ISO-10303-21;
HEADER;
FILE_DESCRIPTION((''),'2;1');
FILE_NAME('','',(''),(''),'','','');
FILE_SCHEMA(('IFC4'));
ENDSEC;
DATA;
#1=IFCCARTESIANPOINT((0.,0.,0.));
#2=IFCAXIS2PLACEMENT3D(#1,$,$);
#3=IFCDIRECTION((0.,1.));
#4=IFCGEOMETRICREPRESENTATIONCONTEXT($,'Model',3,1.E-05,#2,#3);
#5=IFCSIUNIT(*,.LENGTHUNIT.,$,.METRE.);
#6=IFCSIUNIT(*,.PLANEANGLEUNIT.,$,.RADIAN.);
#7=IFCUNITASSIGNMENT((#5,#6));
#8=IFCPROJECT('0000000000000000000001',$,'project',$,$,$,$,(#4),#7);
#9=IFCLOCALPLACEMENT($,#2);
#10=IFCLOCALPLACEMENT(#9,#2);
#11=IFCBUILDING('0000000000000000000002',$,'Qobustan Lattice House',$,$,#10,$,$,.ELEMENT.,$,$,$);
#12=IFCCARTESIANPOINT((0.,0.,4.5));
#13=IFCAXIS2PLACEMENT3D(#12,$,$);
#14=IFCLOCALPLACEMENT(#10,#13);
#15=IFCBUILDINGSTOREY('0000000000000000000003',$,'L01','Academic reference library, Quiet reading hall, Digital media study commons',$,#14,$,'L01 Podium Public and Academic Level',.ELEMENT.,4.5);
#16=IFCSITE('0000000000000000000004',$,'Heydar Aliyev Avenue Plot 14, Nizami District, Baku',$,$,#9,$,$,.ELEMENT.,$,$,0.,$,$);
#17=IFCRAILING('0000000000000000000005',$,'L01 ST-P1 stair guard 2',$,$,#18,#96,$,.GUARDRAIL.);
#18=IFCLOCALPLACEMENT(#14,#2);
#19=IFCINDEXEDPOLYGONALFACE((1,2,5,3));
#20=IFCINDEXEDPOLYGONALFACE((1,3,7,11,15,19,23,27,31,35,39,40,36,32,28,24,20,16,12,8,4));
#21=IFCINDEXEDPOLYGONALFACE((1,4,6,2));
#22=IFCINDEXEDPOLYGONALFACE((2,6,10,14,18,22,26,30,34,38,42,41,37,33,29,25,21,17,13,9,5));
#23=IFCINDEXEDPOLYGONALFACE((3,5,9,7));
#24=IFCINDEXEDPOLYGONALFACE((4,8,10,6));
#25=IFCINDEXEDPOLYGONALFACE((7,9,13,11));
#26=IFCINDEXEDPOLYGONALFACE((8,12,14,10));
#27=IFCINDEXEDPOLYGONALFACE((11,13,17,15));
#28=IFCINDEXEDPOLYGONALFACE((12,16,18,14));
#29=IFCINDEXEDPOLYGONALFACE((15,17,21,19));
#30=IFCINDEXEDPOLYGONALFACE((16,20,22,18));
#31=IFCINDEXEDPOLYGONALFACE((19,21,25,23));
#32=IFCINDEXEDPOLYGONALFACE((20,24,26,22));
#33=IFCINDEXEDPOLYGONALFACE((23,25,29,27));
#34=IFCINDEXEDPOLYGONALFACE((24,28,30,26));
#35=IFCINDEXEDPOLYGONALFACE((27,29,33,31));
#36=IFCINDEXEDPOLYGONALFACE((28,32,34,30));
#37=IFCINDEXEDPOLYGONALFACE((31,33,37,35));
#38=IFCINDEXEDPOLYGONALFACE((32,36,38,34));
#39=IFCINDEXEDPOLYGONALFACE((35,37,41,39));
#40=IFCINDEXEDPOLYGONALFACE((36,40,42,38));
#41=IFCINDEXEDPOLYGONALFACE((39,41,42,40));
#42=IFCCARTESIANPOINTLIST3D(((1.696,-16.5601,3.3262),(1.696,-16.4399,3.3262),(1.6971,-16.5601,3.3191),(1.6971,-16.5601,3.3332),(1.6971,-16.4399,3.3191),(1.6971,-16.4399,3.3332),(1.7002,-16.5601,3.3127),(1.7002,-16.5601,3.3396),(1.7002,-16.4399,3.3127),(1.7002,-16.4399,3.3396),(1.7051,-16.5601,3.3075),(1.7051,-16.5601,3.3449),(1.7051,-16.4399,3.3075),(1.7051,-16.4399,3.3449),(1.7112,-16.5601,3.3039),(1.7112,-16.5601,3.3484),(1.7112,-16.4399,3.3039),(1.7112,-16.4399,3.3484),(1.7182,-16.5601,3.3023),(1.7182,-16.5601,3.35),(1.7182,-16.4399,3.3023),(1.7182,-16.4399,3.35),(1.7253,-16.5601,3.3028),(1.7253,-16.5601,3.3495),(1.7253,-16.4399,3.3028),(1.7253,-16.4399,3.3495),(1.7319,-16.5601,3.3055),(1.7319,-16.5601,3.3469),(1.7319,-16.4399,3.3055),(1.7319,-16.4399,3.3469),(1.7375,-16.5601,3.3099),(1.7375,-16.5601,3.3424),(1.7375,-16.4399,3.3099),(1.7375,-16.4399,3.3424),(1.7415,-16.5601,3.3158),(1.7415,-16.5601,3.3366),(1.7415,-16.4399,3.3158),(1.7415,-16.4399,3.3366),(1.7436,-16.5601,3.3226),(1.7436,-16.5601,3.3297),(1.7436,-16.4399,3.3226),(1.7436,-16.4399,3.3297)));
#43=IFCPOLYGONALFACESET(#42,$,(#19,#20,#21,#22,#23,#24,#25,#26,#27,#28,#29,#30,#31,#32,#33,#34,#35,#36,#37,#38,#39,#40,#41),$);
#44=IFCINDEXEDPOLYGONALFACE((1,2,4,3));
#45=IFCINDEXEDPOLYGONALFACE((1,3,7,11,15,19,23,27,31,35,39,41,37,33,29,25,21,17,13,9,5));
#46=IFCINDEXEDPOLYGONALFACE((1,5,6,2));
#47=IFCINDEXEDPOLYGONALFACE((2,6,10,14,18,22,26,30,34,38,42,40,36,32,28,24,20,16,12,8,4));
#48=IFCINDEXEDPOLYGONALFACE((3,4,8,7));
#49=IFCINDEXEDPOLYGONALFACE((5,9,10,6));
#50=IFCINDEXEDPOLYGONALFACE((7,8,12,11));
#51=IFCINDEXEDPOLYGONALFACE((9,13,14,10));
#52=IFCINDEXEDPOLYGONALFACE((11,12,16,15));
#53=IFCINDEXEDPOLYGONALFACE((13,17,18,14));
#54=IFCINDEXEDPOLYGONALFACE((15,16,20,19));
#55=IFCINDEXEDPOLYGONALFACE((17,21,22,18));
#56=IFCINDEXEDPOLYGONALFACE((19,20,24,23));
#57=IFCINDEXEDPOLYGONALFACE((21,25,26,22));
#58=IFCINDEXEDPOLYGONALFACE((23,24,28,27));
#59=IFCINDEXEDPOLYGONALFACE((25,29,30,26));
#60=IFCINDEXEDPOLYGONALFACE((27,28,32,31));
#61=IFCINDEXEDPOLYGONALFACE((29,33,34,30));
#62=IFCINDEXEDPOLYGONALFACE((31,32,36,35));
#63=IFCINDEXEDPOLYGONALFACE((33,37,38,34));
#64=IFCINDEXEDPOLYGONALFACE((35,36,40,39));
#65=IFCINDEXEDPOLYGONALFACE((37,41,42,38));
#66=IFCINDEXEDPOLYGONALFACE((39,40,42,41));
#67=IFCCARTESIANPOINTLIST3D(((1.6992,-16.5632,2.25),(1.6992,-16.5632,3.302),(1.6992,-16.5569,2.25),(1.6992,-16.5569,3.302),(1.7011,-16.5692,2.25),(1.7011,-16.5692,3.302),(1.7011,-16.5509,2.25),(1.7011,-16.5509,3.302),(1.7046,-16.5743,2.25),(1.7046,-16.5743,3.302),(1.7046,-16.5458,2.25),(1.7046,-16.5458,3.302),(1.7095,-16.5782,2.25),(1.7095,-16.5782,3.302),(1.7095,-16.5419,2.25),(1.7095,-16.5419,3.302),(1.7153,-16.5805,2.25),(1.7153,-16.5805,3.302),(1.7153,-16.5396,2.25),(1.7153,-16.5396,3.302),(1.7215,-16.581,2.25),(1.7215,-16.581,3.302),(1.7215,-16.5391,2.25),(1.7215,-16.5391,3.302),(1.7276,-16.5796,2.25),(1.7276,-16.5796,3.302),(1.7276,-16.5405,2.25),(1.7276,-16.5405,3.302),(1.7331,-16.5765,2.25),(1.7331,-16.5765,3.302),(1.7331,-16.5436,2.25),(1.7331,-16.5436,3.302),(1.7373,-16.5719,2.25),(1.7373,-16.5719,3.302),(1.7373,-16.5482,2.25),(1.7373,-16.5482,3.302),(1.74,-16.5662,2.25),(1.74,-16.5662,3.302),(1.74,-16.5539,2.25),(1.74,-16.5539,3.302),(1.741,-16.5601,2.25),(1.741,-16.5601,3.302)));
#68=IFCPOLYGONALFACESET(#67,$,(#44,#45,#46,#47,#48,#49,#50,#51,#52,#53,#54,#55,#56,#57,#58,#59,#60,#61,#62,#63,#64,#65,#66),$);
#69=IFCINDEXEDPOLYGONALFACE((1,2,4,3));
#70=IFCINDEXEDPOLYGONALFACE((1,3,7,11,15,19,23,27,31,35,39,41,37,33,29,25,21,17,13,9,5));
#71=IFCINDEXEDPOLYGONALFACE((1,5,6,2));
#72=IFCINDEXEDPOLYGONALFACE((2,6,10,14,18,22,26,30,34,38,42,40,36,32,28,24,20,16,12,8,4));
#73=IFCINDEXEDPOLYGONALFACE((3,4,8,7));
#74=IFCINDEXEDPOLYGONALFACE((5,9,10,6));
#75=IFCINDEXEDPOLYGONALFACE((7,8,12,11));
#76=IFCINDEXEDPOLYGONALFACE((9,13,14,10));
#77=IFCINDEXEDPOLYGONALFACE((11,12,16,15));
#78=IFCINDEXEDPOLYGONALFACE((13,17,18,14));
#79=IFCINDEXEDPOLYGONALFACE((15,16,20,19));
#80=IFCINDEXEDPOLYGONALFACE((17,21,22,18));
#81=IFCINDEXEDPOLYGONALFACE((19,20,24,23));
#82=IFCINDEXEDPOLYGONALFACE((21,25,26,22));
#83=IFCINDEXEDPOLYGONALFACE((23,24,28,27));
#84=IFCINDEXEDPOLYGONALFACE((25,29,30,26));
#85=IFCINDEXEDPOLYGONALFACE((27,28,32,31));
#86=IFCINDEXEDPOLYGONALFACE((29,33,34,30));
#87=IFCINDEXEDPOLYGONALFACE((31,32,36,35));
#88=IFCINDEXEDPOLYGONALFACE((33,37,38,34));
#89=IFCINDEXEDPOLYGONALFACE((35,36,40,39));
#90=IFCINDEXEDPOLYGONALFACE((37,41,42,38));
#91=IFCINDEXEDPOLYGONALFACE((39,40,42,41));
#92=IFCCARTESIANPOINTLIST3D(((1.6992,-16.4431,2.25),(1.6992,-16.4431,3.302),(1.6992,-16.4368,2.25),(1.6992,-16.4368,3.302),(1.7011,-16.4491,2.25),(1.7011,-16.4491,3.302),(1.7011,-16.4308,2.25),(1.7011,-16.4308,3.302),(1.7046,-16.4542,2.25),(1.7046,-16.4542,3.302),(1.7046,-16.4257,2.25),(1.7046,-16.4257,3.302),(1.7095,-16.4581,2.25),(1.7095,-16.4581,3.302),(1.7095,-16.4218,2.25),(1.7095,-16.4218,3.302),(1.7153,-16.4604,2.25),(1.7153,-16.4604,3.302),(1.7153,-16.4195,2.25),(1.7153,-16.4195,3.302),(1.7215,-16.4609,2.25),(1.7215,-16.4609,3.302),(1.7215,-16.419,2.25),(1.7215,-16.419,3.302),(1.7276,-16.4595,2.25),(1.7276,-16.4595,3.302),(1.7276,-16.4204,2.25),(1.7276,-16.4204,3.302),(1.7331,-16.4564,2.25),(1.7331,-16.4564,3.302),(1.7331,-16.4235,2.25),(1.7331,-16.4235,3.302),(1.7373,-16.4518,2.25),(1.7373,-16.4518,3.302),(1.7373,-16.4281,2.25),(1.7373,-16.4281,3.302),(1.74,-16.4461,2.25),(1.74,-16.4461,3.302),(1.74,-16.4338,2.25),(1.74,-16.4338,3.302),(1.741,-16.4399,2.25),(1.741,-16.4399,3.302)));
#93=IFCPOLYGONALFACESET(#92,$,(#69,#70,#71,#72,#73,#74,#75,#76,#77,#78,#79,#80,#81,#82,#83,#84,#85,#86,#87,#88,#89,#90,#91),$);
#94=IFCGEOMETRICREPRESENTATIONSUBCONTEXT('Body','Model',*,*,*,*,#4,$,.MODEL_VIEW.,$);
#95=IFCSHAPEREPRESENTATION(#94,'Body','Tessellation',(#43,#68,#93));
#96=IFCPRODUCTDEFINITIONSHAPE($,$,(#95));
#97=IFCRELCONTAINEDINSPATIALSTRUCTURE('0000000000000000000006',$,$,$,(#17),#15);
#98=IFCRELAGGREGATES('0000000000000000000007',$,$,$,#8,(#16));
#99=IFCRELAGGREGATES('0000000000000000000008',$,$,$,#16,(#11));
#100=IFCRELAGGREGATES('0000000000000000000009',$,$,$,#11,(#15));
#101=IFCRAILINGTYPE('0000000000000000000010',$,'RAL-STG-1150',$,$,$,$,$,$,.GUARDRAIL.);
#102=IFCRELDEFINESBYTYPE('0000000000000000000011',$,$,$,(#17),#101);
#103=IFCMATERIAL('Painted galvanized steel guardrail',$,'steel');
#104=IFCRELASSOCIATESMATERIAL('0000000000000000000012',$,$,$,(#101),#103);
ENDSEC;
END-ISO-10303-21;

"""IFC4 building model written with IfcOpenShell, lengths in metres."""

from ifc_helpers import new_model, si_unit, direction, frame, origin, origin_2d, place, context, subcontext, project, spatial, circle, extrude, material, type_object, element, save


model = new_model("IFC4")

# Units and contexts
model_context = context("Model", 3, precision=1e-05, world=origin(), true_north=direction((0.0, 1.0)))
body_context = subcontext(model_context, "Body", "Model", "MODEL_VIEW")
ifc_project = project(units=[si_unit("LENGTHUNIT", "METRE"), si_unit("PLANEANGLEUNIT", "RADIAN")], contexts=[model_context])

# Site, building, storey
site_placement = place(None, origin())
site = spatial("IfcSite", under=ifc_project, at=site_placement, Name="Heydar Aliyev Avenue Plot 14, Nizami District, Baku", CompositionType="ELEMENT", RefElevation=0.0)
building_placement = place(site_placement, origin())
building = spatial("IfcBuilding", under=site, at=building_placement, Name="Qobustan Lattice House", CompositionType="ELEMENT")
storey_placement = place(building_placement, frame((0.0, 0.0, 4.5)))
storey = spatial("IfcBuildingStorey", under=building, at=storey_placement, Name="L01", Description="Academic reference library, Quiet reading hall, Digital media study commons", LongName="L01 Podium Public and Academic Level", CompositionType="ELEMENT", Elevation=4.5)

# Railing
ifc_material_1 = material(Name="Painted galvanized steel guardrail", Category="steel")
railing_type_1 = type_object("IfcRailingType", Name="RAL-STG-1150", PredefinedType="GUARDRAIL", material=ifc_material_1)
railing_1_placement = place(storey_placement, frame((1.72, -16.5601, 2.25)))
element("IfcRailing", 1, at=railing_1_placement, inside=storey, type_object=railing_type_1, Name="L01 ST-P1 stair guard 2", PredefinedType="GUARDRAIL", context=body_context, shape_type="SweptSolid", body=[
    extrude(circle(Radius=0.0239, at=origin_2d()), frame((0.0, 0.0, 1.0762), z_axis=(0.0, 1.0, 0.0), x_axis=(-1.0, 0.0, 0.0)), (0.0, 0.0, 1.0), 0.1201),
    extrude(circle(Radius=0.021, at=origin_2d()), origin(), (0.0, 0.0, 1.0), 1.052),
    extrude(circle(Radius=0.021, at=origin_2d()), frame((0.0, 0.1201, 0.0)), (0.0, 0.0, 1.0), 1.052),
])

save(model, "model.ifc")
